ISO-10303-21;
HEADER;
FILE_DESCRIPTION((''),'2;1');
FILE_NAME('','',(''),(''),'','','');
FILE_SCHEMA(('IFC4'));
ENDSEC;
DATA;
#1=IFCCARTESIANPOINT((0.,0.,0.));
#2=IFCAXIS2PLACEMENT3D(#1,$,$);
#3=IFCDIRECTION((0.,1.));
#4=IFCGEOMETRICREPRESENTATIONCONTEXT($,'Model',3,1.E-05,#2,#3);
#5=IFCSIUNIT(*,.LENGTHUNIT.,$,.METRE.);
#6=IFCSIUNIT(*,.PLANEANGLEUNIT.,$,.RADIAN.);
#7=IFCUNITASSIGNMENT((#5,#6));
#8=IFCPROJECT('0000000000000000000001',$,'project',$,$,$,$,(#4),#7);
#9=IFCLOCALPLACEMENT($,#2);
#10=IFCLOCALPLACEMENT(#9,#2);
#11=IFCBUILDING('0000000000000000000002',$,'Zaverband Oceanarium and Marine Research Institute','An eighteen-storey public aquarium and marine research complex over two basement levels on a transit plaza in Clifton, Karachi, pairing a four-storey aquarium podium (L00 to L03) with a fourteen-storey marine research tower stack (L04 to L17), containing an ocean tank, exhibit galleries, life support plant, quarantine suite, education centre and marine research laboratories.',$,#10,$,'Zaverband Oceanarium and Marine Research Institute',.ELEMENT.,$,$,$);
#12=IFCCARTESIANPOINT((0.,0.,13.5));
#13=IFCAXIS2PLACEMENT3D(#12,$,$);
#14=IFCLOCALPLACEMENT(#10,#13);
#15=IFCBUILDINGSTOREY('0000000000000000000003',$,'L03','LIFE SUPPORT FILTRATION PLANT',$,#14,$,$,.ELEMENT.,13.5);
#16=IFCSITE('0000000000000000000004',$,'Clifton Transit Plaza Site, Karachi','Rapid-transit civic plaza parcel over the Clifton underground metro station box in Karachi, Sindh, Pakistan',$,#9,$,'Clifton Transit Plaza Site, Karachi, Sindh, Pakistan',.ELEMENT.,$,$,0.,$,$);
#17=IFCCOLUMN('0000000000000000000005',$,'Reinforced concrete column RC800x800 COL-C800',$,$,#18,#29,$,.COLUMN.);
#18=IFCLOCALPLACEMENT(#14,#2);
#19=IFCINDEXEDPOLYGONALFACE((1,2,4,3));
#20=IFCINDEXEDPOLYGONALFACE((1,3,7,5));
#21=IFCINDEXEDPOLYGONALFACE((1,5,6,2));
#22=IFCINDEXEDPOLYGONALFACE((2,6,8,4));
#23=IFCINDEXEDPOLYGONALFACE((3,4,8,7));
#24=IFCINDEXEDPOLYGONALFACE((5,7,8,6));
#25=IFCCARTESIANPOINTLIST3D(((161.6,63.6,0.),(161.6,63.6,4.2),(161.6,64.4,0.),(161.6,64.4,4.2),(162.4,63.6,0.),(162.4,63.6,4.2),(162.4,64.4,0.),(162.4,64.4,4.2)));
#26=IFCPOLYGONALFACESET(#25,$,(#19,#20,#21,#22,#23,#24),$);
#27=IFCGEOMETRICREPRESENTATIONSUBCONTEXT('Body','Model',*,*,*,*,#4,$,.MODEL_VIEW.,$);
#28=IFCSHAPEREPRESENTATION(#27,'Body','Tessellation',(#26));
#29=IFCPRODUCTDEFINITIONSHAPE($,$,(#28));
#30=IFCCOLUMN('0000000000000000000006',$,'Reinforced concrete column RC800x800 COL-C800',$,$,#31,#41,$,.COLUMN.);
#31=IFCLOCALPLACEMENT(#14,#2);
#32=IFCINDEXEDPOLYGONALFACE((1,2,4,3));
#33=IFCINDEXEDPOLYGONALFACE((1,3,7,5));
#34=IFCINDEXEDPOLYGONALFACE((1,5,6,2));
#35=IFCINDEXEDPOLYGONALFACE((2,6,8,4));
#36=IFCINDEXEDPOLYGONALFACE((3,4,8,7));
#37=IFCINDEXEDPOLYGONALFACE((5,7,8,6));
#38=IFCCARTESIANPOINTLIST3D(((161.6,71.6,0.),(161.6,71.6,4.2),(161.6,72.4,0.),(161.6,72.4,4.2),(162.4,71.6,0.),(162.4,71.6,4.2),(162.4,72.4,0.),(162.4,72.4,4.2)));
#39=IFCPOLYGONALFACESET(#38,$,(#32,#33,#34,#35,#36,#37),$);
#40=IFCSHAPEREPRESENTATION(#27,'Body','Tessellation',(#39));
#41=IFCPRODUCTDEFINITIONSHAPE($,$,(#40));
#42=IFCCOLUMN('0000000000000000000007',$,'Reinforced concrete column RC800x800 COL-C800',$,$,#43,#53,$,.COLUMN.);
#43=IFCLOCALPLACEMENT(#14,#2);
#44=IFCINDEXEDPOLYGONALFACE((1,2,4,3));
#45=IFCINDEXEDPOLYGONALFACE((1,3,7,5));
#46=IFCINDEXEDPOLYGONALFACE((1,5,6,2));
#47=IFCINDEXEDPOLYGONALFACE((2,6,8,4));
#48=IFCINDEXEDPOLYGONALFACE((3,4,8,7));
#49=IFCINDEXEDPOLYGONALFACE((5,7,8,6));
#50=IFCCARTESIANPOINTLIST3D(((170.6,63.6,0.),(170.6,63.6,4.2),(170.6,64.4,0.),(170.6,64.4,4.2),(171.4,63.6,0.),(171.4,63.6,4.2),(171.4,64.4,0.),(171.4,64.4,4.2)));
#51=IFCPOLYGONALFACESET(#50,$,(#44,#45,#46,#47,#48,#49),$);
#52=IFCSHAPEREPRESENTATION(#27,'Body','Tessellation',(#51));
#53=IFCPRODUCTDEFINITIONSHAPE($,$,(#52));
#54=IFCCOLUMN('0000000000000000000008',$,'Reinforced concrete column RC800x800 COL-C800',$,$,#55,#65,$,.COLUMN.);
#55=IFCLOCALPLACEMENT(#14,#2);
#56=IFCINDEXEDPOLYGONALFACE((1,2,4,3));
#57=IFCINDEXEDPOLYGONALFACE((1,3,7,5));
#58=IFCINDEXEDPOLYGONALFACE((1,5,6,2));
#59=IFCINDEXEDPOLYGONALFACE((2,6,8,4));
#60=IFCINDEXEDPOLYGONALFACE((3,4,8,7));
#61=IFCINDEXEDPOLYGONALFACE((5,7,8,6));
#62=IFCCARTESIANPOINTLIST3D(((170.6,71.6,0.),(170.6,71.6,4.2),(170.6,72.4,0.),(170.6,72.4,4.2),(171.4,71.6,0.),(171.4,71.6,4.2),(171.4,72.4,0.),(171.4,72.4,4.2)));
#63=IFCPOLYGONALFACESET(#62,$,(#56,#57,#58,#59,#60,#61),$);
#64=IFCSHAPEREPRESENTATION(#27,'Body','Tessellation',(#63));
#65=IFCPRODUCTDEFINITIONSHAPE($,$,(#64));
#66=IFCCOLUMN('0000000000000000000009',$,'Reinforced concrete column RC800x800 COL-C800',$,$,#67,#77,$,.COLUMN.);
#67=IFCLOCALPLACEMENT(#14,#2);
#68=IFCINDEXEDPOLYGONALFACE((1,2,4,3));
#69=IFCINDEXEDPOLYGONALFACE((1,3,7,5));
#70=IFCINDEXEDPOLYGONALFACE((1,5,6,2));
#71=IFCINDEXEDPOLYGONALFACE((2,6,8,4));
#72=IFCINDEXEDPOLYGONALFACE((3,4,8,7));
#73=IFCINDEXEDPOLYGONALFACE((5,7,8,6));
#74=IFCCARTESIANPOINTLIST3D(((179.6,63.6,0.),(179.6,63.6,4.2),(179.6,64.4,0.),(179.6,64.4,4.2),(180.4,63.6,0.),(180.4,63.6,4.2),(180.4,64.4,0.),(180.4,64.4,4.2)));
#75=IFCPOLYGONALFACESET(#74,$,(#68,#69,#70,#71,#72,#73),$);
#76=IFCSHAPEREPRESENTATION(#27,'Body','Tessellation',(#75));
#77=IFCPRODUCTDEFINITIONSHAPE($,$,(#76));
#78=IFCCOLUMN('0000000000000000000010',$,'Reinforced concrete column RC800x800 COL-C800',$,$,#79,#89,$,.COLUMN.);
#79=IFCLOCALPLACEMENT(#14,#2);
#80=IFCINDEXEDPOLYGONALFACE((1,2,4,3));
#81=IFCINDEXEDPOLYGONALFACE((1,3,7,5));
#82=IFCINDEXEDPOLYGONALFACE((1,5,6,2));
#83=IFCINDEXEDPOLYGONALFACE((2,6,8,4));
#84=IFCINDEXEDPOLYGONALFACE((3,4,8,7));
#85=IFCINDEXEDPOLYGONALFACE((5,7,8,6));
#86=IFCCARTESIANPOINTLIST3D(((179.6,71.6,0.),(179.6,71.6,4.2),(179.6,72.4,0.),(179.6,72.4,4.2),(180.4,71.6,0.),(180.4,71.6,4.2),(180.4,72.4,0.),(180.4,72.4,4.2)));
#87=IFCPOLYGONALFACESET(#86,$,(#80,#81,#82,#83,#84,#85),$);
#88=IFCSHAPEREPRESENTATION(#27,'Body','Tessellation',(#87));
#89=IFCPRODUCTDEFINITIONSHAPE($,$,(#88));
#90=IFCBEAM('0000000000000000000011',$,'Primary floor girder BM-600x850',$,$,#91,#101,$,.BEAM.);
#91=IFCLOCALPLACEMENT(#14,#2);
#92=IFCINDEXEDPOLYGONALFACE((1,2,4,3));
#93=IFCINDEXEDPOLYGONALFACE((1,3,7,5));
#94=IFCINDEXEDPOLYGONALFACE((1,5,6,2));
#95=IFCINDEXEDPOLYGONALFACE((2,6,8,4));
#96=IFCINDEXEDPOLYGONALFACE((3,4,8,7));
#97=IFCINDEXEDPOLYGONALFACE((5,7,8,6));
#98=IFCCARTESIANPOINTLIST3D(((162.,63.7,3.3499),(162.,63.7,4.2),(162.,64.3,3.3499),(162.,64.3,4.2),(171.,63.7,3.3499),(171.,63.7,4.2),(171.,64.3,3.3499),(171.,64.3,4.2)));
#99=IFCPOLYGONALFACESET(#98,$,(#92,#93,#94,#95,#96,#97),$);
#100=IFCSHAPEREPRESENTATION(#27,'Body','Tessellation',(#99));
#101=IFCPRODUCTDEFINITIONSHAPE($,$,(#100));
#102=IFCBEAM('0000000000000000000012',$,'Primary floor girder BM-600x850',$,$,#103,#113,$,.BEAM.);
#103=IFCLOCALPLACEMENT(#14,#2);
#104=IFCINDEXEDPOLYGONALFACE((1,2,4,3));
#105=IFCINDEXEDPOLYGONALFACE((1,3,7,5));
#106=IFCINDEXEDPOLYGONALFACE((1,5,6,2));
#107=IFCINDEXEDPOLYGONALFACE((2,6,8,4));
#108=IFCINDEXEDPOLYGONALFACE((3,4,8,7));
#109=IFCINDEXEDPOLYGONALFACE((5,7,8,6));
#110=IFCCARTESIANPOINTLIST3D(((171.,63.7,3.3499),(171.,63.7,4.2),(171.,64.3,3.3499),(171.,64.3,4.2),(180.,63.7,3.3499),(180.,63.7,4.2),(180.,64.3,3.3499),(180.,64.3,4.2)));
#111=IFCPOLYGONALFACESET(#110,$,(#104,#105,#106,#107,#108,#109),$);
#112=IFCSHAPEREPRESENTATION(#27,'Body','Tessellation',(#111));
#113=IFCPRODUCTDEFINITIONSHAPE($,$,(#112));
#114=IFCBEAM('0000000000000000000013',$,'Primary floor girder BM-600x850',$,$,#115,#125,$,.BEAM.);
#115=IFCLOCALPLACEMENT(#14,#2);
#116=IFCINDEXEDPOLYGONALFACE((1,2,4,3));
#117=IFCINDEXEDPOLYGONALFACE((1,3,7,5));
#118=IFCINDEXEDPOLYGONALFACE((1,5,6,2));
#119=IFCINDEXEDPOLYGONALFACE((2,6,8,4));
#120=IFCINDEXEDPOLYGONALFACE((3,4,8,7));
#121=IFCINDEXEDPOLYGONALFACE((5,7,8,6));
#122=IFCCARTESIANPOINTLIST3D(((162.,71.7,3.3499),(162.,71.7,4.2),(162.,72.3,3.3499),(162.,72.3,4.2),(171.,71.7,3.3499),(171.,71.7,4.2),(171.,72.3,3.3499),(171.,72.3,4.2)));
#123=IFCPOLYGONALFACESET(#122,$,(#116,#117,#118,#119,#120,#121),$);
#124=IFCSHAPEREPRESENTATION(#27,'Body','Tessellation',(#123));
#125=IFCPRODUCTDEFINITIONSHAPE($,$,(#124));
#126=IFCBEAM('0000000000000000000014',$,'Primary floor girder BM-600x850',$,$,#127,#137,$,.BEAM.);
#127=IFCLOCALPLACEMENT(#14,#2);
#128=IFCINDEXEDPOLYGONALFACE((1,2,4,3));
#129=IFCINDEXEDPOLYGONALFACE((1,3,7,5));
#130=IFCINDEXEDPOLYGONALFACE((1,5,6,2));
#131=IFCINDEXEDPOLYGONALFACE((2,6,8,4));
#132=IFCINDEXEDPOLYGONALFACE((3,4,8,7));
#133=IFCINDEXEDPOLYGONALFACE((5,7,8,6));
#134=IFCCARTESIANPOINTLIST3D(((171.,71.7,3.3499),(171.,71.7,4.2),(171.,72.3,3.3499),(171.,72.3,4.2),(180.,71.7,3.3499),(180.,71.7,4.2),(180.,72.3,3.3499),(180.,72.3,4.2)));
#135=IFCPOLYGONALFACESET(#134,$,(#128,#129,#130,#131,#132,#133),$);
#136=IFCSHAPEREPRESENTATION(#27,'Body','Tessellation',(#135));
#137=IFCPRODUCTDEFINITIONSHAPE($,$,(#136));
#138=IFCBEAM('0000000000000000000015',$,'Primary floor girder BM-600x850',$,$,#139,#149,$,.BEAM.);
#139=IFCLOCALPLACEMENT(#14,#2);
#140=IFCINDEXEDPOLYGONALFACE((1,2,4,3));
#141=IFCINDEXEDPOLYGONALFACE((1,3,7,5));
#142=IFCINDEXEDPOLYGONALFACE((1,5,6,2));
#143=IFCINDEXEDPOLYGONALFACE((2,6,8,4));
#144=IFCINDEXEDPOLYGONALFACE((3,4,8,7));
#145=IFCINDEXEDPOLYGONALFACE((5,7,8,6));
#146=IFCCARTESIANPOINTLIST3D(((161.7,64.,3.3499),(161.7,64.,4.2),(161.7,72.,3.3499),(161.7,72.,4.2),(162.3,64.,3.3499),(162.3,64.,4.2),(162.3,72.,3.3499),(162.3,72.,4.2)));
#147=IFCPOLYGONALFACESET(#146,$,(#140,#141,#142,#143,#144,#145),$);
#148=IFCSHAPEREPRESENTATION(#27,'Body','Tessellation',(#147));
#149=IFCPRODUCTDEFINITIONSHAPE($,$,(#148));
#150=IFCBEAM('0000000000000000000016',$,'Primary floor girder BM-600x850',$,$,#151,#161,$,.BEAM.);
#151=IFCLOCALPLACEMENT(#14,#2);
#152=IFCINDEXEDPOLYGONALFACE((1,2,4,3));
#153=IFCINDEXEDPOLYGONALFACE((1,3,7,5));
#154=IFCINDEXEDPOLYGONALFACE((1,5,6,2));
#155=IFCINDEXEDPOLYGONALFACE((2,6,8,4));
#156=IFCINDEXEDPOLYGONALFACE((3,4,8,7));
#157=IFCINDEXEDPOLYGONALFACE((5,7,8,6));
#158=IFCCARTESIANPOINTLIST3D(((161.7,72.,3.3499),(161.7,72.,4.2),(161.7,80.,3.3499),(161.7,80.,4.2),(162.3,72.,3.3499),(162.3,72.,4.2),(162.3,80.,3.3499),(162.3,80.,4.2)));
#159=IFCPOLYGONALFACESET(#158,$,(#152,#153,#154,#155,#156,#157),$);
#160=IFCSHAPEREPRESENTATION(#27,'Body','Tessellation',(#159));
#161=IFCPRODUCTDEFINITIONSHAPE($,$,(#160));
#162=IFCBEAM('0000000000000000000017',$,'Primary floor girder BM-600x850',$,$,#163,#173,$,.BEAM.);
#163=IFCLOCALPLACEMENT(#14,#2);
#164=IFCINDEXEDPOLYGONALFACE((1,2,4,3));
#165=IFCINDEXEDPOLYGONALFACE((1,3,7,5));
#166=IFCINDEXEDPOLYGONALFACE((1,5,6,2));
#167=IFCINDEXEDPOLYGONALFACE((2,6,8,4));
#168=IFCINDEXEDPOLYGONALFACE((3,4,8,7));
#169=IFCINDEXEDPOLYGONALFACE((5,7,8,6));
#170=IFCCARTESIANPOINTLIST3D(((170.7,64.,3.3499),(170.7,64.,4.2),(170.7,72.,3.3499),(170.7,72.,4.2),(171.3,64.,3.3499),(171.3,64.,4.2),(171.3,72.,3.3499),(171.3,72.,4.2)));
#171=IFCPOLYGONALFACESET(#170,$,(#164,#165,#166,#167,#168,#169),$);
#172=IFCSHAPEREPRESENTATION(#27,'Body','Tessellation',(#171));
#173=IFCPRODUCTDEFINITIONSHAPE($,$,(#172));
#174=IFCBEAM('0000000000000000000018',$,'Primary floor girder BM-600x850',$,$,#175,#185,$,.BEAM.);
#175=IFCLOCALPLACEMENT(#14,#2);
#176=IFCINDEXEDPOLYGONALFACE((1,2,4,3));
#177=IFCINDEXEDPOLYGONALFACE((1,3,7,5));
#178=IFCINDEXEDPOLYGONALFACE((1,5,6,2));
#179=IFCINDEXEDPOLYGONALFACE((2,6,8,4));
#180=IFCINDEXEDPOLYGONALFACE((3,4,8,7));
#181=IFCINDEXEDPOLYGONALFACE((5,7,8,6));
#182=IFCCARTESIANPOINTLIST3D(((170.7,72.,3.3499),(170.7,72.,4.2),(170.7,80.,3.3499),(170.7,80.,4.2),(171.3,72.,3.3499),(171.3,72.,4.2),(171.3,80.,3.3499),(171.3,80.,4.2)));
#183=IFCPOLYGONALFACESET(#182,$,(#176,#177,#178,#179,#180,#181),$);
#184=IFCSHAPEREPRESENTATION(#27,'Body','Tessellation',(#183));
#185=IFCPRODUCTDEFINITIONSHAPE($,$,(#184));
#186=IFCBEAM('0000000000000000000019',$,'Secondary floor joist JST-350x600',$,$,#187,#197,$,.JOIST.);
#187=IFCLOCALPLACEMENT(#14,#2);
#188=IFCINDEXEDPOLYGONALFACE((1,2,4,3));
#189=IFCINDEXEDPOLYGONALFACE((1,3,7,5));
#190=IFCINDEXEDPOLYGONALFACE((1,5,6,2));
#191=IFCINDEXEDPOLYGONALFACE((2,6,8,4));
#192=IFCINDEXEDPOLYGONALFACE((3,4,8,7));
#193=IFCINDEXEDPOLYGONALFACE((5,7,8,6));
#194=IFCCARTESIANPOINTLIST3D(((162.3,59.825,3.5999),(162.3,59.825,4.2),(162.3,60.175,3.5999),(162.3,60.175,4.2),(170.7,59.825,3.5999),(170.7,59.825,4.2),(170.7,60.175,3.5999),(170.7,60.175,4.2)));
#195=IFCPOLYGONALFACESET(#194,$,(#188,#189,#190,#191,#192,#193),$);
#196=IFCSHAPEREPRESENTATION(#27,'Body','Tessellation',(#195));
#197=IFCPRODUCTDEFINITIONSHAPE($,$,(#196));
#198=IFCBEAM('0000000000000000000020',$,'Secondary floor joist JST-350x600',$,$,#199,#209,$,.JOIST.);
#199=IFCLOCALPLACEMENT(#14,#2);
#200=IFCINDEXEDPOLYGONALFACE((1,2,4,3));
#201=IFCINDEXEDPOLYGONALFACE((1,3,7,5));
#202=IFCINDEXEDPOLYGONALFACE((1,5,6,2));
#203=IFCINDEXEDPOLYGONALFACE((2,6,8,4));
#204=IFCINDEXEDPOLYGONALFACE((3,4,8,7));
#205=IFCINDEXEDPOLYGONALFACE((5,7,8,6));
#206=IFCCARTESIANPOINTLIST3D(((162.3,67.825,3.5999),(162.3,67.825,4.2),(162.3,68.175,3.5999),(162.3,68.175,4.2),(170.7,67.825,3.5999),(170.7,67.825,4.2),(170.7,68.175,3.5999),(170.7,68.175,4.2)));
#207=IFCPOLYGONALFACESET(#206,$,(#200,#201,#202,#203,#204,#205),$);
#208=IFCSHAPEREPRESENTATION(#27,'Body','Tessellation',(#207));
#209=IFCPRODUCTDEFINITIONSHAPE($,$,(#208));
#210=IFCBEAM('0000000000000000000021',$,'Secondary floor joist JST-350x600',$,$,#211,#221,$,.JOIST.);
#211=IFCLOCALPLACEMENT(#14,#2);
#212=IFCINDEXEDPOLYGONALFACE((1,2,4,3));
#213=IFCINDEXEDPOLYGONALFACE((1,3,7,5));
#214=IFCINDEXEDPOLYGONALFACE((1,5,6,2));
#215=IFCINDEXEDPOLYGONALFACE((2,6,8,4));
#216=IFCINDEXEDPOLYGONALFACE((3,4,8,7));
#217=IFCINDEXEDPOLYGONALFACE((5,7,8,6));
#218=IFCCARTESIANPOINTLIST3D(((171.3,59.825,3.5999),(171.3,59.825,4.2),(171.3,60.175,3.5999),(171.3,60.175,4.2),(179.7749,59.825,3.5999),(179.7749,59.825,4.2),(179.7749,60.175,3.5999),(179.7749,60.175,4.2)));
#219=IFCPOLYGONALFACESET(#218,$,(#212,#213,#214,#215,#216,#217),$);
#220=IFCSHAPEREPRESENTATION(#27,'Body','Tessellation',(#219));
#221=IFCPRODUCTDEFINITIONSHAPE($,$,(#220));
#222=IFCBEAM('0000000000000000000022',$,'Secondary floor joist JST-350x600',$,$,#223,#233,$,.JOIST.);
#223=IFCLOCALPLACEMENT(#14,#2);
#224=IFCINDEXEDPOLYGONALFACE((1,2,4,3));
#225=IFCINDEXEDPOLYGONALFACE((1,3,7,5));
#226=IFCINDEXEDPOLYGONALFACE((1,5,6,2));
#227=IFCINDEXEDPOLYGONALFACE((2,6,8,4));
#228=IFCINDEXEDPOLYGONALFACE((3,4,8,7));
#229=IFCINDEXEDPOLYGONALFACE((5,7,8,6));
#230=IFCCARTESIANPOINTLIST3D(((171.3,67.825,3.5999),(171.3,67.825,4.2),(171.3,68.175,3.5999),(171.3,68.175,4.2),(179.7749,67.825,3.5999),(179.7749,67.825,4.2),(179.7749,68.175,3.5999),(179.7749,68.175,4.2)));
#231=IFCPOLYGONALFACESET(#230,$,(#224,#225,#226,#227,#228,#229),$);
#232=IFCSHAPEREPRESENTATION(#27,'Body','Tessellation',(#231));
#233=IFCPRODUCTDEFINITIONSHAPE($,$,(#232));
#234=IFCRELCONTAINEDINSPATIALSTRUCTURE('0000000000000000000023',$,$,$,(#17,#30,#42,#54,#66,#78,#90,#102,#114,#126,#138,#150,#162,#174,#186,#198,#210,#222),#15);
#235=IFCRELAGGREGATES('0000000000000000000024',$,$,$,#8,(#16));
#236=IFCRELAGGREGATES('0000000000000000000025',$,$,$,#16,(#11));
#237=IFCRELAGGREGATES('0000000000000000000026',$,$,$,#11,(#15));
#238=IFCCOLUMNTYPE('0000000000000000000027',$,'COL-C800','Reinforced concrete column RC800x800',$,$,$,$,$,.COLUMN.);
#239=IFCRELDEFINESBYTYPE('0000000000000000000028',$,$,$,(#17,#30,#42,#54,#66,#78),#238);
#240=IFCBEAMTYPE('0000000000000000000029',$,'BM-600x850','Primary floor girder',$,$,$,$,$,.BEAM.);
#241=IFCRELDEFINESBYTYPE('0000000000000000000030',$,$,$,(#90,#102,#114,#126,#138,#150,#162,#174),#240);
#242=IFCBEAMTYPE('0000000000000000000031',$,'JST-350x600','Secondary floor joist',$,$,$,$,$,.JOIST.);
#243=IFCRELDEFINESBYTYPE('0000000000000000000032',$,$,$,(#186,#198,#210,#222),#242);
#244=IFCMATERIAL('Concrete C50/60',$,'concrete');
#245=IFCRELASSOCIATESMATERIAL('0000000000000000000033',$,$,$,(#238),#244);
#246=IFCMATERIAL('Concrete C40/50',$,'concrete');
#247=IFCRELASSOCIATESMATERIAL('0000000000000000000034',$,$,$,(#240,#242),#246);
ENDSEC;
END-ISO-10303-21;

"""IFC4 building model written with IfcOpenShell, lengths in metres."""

from ifc_helpers import new_model, si_unit, direction, frame, origin, origin_2d, place, context, subcontext, project, spatial, rectangle, extrude, material, material_profile, profile_set, type_object, element, save


model = new_model("IFC4")

# Units and contexts
model_context = context("Model", 3, precision=1e-05, world=origin(), true_north=direction((0.0, 1.0)))
body_context = subcontext(model_context, "Body", "Model", "MODEL_VIEW")
ifc_project = project(units=[si_unit("LENGTHUNIT", "METRE"), si_unit("PLANEANGLEUNIT", "RADIAN")], contexts=[model_context])

# Site, building, storey
site_placement = place(None, origin())
site = spatial("IfcSite", under=ifc_project, at=site_placement, Name="Clifton Transit Plaza Site, Karachi", Description="Rapid-transit civic plaza parcel over the Clifton underground metro station box in Karachi, Sindh, Pakistan", LongName="Clifton Transit Plaza Site, Karachi, Sindh, Pakistan", CompositionType="ELEMENT", RefElevation=0.0)
building_placement = place(site_placement, origin())
building = spatial("IfcBuilding", under=site, at=building_placement, Name="Zaverband Oceanarium and Marine Research Institute", Description="An eighteen-storey public aquarium and marine research complex over two basement levels on a transit plaza in Clifton, Karachi, pairing a four-storey aquarium podium (L00 to L03) with a fourteen-storey marine research tower stack (L04 to L17), containing an ocean tank, exhibit galleries, life support plant, quarantine suite, education centre and marine research laboratories.", LongName="Zaverband Oceanarium and Marine Research Institute", CompositionType="ELEMENT")
storey_placement = place(building_placement, frame((0.0, 0.0, 13.5)))
storey = spatial("IfcBuildingStorey", under=building, at=storey_placement, Name="L03", Description="LIFE SUPPORT FILTRATION PLANT", CompositionType="ELEMENT", Elevation=13.5)

# Columns
ifc_material_1 = material(Name="Concrete C50/60", Category="concrete")
ifc_material_profile_1 = material_profile(ifc_material_1, rectangle(XDim=0.8, YDim=0.8, at=origin_2d()), Name="RC800x800")
ifc_profile_set_1 = profile_set([ifc_material_profile_1], Name="Concrete C50/60")
column_type = type_object("IfcColumnType", Name="COL-C800", Description="Reinforced concrete column RC800x800", PredefinedType="COLUMN", material=ifc_profile_set_1)
for number, where, z_axis, x_axis, name in (
    (1, (162.0, 64.0, 0.0), (0.0, 0.0, 1.0), (1.0, 0.0, 0.0), "Reinforced concrete column RC800x800 COL-C800"),
    (2, (162.0, 72.0, 0.0), (0.0, 0.0, 1.0), (1.0, 0.0, 0.0), "Reinforced concrete column RC800x800 COL-C800"),
    (3, (171.0, 64.0, 0.0), (0.0, 0.0, 1.0), (1.0, 0.0, 0.0), "Reinforced concrete column RC800x800 COL-C800"),
    (4, (171.0, 72.0, 0.0), (0.0, 0.0, 1.0), (1.0, 0.0, 0.0), "Reinforced concrete column RC800x800 COL-C800"),
    (5, (180.0, 64.0, 0.0), (0.0, 0.0, 1.0), (1.0, 0.0, 0.0), "Reinforced concrete column RC800x800 COL-C800"),
    (6, (180.0, 72.0, 0.0), (0.0, 0.0, 1.0), (1.0, 0.0, 0.0), "Reinforced concrete column RC800x800 COL-C800"),
):
    element("IfcColumn", number, at=place(storey_placement, frame(where, z_axis=z_axis, x_axis=x_axis)), inside=storey, type_object=column_type, Name=name, PredefinedType="COLUMN", context=body_context, shape_type="SweptSolid", body=[
        extrude(rectangle(XDim=0.8, YDim=0.8, at=origin_2d()), origin(), (0.0, 0.0, 1.0), 4.2),
    ])

# Beams
ifc_material_2 = material(Name="Concrete C40/50", Category="concrete")
ifc_material_profile_2 = material_profile(ifc_material_2, rectangle(XDim=0.6001, YDim=0.8501, at=origin_2d()), Name="RC600x850")
ifc_profile_set_2 = profile_set([ifc_material_profile_2], Name="Concrete C40/50")
beam_type_1 = type_object("IfcBeamType", Name="BM-600x850", Description="Primary floor girder", PredefinedType="BEAM", material=ifc_profile_set_2)
for number, where, z_axis, x_axis, name in (
    (7, (162.0, 64.0, 3.7749), (1.0, 0.0, 0.0), (0.0, 1.0, 0.0), "Primary floor girder BM-600x850"),
    (8, (171.0, 64.0, 3.7749), (1.0, 0.0, 0.0), (0.0, 1.0, 0.0), "Primary floor girder BM-600x850"),
    (9, (162.0, 72.0, 3.7749), (1.0, 0.0, 0.0), (0.0, 1.0, 0.0), "Primary floor girder BM-600x850"),
    (10, (171.0, 72.0, 3.7749), (1.0, 0.0, 0.0), (0.0, 1.0, 0.0), "Primary floor girder BM-600x850"),
):
    element("IfcBeam", number, at=place(storey_placement, frame(where, z_axis=z_axis, x_axis=x_axis)), inside=storey, type_object=beam_type_1, Name=name, PredefinedType="BEAM", context=body_context, shape_type="SweptSolid", body=[
        extrude(rectangle(XDim=0.6001, YDim=0.8501, at=origin_2d()), origin(), (0.0, 0.0, 1.0), 9.0),
    ])
for number, where, z_axis, x_axis, name in (
    (11, (162.0, 64.0, 3.7749), (0.0, 1.0, 0.0), (-1.0, 0.0, 0.0), "Primary floor girder BM-600x850"),
    (12, (162.0, 72.0, 3.7749), (0.0, 1.0, 0.0), (-1.0, 0.0, 0.0), "Primary floor girder BM-600x850"),
    (13, (171.0, 64.0, 3.7749), (0.0, 1.0, 0.0), (-1.0, 0.0, 0.0), "Primary floor girder BM-600x850"),
    (14, (171.0, 72.0, 3.7749), (0.0, 1.0, 0.0), (-1.0, 0.0, 0.0), "Primary floor girder BM-600x850"),
):
    element("IfcBeam", number, at=place(storey_placement, frame(where, z_axis=z_axis, x_axis=x_axis)), inside=storey, type_object=beam_type_1, Name=name, PredefinedType="BEAM", context=body_context, shape_type="SweptSolid", body=[
        extrude(rectangle(XDim=0.6001, YDim=0.8501, at=origin_2d()), origin(), (0.0, 0.0, 1.0), 8.0),
    ])
ifc_material_profile_3 = material_profile(ifc_material_2, rectangle(XDim=0.3501, YDim=0.6001, at=origin_2d()), Name="RC350x600")
ifc_profile_set_3 = profile_set([ifc_material_profile_3], Name="Concrete C40/50")
beam_type_2 = type_object("IfcBeamType", Name="JST-350x600", Description="Secondary floor joist", PredefinedType="JOIST", material=ifc_profile_set_3)
for number, where, z_axis, x_axis, name in (
    (15, (162.3, 60.0, 3.8999), (1.0, 0.0, 0.0), (0.0, 1.0, 0.0), "Secondary floor joist JST-350x600"),
    (16, (162.3, 68.0, 3.8999), (1.0, 0.0, 0.0), (0.0, 1.0, 0.0), "Secondary floor joist JST-350x600"),
):
    element("IfcBeam", number, at=place(storey_placement, frame(where, z_axis=z_axis, x_axis=x_axis)), inside=storey, type_object=beam_type_2, Name=name, PredefinedType="JOIST", context=body_context, shape_type="SweptSolid", body=[
        extrude(rectangle(XDim=0.3501, YDim=0.6001, at=origin_2d()), origin(), (0.0, 0.0, 1.0), 8.3999),
    ])
for number, where, z_axis, x_axis, name in (
    (17, (171.3, 60.0, 3.8999), (1.0, 0.0, 0.0), (0.0, 1.0, 0.0), "Secondary floor joist JST-350x600"),
    (18, (171.3, 68.0, 3.8999), (1.0, 0.0, 0.0), (0.0, 1.0, 0.0), "Secondary floor joist JST-350x600"),
):
    element("IfcBeam", number, at=place(storey_placement, frame(where, z_axis=z_axis, x_axis=x_axis)), inside=storey, type_object=beam_type_2, Name=name, PredefinedType="JOIST", context=body_context, shape_type="SweptSolid", body=[
        extrude(rectangle(XDim=0.3501, YDim=0.6001, at=origin_2d()), origin(), (0.0, 0.0, 1.0), 8.4749),
    ])

save(model, "model.ifc")
